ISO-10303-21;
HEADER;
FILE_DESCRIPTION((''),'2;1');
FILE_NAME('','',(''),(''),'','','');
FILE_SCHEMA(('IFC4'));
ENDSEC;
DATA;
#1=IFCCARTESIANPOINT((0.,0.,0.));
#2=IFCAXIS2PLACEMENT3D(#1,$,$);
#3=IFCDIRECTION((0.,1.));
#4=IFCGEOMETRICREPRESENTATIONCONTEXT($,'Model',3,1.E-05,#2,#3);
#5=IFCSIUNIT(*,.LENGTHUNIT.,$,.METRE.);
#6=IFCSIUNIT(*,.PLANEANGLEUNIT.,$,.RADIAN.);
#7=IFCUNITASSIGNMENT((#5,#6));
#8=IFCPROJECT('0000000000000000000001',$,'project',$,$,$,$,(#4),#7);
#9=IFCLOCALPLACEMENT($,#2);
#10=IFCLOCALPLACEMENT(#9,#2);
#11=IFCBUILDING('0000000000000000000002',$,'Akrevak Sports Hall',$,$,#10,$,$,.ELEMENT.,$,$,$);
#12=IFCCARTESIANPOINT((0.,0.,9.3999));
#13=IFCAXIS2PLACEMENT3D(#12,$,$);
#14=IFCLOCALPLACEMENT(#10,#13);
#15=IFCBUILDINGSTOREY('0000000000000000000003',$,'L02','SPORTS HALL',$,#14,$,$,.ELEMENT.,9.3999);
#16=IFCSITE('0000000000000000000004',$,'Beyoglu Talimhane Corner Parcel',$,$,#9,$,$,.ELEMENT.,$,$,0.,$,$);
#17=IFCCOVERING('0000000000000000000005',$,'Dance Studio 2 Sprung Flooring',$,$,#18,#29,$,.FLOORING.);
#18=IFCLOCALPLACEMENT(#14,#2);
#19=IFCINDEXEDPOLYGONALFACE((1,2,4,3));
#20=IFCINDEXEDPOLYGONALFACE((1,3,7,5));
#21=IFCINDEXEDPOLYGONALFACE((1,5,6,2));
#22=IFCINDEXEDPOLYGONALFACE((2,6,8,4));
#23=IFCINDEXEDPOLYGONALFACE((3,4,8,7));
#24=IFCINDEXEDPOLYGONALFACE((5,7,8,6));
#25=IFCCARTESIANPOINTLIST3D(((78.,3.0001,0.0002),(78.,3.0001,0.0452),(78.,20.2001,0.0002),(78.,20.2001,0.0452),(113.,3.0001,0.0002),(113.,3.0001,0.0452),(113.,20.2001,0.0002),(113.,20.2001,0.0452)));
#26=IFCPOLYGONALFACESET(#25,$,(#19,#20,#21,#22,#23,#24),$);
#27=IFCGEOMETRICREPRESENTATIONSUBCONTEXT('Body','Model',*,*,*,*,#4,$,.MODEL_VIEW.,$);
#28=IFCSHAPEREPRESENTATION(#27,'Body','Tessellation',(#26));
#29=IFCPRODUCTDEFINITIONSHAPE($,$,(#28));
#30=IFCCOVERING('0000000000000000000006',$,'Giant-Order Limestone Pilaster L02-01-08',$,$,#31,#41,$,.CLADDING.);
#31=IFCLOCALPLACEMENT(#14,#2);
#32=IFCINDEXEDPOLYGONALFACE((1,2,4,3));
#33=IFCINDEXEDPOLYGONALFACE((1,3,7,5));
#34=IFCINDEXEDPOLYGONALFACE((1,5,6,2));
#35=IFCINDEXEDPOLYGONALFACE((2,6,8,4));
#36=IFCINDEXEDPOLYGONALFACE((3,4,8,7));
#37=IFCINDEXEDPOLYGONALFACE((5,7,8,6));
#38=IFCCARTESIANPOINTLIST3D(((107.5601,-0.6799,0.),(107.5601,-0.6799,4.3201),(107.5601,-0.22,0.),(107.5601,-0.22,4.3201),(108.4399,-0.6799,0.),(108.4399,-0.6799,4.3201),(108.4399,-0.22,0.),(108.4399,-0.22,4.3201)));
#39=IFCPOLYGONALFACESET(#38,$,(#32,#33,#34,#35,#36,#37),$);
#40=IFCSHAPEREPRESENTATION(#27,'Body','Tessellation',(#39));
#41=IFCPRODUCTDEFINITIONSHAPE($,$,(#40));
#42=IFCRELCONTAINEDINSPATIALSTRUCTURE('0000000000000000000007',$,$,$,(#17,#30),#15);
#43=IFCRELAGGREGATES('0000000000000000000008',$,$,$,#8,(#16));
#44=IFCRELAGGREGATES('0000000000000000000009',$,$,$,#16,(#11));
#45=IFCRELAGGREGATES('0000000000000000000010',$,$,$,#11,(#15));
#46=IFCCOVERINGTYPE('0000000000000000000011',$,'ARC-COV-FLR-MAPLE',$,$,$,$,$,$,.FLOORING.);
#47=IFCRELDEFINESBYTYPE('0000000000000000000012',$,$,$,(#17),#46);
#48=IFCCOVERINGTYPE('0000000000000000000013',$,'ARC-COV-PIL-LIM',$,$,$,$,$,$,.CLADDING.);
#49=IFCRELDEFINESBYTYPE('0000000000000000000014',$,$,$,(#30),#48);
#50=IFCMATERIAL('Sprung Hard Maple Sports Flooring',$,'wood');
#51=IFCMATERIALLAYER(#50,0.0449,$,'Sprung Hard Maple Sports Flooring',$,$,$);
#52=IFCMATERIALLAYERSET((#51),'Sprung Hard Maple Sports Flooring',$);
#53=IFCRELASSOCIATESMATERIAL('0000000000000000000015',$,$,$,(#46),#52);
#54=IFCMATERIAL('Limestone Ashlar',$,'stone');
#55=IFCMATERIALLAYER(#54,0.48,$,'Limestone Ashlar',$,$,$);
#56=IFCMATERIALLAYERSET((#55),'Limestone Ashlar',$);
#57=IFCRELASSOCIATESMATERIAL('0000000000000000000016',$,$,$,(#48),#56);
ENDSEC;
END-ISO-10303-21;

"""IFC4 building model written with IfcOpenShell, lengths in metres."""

from ifc_helpers import new_model, si_unit, direction, frame, origin, origin_2d, place, context, subcontext, project, spatial, rectangle, extrude, material, layer, layer_set, type_object, element, save


model = new_model("IFC4")

# Units and contexts
model_context = context("Model", 3, precision=1e-05, world=origin(), true_north=direction((0.0, 1.0)))
body_context = subcontext(model_context, "Body", "Model", "MODEL_VIEW")
ifc_project = project(units=[si_unit("LENGTHUNIT", "METRE"), si_unit("PLANEANGLEUNIT", "RADIAN")], contexts=[model_context])

# Site, building, storey
site_placement = place(None, origin())
site = spatial("IfcSite", under=ifc_project, at=site_placement, Name="Beyoglu Talimhane Corner Parcel", CompositionType="ELEMENT", RefElevation=0.0)
building_placement = place(site_placement, origin())
building = spatial("IfcBuilding", under=site, at=building_placement, Name="Akrevak Sports Hall", CompositionType="ELEMENT")
storey_placement = place(building_placement, frame((0.0, 0.0, 9.3999)))
storey = spatial("IfcBuildingStorey", under=building, at=storey_placement, Name="L02", Description="SPORTS HALL", CompositionType="ELEMENT", Elevation=9.3999)

# Shared definitions
ifc_material_1 = material(Name="Limestone Ashlar", Category="stone")

# Coverings
ifc_material_2 = material(Name="Sprung Hard Maple Sports Flooring", Category="wood")
ifc_layer_1 = layer(ifc_material_2, 0.0449, Name="Sprung Hard Maple Sports Flooring")
ifc_layer_set_1 = layer_set([ifc_layer_1], Name="Sprung Hard Maple Sports Flooring")
covering_type_1 = type_object("IfcCoveringType", Name="ARC-COV-FLR-MAPLE", PredefinedType="FLOORING", material=ifc_layer_set_1)
covering_1_placement = place(storey_placement, frame((95.5, 11.6001, 0.0002), z_axis=(0.0, 0.0, 1.0), x_axis=(1.0, 0.0, 0.0)))
element("IfcCovering", 1, at=covering_1_placement, inside=storey, type_object=covering_type_1, Name="Dance Studio 2 Sprung Flooring", PredefinedType="FLOORING", context=body_context, shape_type="SweptSolid", body=[
    extrude(rectangle(XDim=35.0, YDim=17.2, at=origin_2d()), origin(), (0.0, 0.0, 1.0), 0.0449),
])
ifc_layer_2 = layer(ifc_material_1, 0.48, Name="Limestone Ashlar")
ifc_layer_set_2 = layer_set([ifc_layer_2], Name="Limestone Ashlar")
covering_type_2 = type_object("IfcCoveringType", Name="ARC-COV-PIL-LIM", PredefinedType="CLADDING", material=ifc_layer_set_2)
covering_2_placement = place(storey_placement, frame((108.0, -0.45, 0.0), z_axis=(0.0, 0.0, 1.0), x_axis=(1.0, 0.0, 0.0)))
element("IfcCovering", 2, at=covering_2_placement, inside=storey, type_object=covering_type_2, Name="Giant-Order Limestone Pilaster L02-01-08", PredefinedType="CLADDING", context=body_context, shape_type="SweptSolid", body=[
    extrude(rectangle(XDim=0.8799, YDim=0.46, at=origin_2d()), origin(), (0.0, 0.0, 1.0), 4.3201),
])

save(model, "model.ifc")
